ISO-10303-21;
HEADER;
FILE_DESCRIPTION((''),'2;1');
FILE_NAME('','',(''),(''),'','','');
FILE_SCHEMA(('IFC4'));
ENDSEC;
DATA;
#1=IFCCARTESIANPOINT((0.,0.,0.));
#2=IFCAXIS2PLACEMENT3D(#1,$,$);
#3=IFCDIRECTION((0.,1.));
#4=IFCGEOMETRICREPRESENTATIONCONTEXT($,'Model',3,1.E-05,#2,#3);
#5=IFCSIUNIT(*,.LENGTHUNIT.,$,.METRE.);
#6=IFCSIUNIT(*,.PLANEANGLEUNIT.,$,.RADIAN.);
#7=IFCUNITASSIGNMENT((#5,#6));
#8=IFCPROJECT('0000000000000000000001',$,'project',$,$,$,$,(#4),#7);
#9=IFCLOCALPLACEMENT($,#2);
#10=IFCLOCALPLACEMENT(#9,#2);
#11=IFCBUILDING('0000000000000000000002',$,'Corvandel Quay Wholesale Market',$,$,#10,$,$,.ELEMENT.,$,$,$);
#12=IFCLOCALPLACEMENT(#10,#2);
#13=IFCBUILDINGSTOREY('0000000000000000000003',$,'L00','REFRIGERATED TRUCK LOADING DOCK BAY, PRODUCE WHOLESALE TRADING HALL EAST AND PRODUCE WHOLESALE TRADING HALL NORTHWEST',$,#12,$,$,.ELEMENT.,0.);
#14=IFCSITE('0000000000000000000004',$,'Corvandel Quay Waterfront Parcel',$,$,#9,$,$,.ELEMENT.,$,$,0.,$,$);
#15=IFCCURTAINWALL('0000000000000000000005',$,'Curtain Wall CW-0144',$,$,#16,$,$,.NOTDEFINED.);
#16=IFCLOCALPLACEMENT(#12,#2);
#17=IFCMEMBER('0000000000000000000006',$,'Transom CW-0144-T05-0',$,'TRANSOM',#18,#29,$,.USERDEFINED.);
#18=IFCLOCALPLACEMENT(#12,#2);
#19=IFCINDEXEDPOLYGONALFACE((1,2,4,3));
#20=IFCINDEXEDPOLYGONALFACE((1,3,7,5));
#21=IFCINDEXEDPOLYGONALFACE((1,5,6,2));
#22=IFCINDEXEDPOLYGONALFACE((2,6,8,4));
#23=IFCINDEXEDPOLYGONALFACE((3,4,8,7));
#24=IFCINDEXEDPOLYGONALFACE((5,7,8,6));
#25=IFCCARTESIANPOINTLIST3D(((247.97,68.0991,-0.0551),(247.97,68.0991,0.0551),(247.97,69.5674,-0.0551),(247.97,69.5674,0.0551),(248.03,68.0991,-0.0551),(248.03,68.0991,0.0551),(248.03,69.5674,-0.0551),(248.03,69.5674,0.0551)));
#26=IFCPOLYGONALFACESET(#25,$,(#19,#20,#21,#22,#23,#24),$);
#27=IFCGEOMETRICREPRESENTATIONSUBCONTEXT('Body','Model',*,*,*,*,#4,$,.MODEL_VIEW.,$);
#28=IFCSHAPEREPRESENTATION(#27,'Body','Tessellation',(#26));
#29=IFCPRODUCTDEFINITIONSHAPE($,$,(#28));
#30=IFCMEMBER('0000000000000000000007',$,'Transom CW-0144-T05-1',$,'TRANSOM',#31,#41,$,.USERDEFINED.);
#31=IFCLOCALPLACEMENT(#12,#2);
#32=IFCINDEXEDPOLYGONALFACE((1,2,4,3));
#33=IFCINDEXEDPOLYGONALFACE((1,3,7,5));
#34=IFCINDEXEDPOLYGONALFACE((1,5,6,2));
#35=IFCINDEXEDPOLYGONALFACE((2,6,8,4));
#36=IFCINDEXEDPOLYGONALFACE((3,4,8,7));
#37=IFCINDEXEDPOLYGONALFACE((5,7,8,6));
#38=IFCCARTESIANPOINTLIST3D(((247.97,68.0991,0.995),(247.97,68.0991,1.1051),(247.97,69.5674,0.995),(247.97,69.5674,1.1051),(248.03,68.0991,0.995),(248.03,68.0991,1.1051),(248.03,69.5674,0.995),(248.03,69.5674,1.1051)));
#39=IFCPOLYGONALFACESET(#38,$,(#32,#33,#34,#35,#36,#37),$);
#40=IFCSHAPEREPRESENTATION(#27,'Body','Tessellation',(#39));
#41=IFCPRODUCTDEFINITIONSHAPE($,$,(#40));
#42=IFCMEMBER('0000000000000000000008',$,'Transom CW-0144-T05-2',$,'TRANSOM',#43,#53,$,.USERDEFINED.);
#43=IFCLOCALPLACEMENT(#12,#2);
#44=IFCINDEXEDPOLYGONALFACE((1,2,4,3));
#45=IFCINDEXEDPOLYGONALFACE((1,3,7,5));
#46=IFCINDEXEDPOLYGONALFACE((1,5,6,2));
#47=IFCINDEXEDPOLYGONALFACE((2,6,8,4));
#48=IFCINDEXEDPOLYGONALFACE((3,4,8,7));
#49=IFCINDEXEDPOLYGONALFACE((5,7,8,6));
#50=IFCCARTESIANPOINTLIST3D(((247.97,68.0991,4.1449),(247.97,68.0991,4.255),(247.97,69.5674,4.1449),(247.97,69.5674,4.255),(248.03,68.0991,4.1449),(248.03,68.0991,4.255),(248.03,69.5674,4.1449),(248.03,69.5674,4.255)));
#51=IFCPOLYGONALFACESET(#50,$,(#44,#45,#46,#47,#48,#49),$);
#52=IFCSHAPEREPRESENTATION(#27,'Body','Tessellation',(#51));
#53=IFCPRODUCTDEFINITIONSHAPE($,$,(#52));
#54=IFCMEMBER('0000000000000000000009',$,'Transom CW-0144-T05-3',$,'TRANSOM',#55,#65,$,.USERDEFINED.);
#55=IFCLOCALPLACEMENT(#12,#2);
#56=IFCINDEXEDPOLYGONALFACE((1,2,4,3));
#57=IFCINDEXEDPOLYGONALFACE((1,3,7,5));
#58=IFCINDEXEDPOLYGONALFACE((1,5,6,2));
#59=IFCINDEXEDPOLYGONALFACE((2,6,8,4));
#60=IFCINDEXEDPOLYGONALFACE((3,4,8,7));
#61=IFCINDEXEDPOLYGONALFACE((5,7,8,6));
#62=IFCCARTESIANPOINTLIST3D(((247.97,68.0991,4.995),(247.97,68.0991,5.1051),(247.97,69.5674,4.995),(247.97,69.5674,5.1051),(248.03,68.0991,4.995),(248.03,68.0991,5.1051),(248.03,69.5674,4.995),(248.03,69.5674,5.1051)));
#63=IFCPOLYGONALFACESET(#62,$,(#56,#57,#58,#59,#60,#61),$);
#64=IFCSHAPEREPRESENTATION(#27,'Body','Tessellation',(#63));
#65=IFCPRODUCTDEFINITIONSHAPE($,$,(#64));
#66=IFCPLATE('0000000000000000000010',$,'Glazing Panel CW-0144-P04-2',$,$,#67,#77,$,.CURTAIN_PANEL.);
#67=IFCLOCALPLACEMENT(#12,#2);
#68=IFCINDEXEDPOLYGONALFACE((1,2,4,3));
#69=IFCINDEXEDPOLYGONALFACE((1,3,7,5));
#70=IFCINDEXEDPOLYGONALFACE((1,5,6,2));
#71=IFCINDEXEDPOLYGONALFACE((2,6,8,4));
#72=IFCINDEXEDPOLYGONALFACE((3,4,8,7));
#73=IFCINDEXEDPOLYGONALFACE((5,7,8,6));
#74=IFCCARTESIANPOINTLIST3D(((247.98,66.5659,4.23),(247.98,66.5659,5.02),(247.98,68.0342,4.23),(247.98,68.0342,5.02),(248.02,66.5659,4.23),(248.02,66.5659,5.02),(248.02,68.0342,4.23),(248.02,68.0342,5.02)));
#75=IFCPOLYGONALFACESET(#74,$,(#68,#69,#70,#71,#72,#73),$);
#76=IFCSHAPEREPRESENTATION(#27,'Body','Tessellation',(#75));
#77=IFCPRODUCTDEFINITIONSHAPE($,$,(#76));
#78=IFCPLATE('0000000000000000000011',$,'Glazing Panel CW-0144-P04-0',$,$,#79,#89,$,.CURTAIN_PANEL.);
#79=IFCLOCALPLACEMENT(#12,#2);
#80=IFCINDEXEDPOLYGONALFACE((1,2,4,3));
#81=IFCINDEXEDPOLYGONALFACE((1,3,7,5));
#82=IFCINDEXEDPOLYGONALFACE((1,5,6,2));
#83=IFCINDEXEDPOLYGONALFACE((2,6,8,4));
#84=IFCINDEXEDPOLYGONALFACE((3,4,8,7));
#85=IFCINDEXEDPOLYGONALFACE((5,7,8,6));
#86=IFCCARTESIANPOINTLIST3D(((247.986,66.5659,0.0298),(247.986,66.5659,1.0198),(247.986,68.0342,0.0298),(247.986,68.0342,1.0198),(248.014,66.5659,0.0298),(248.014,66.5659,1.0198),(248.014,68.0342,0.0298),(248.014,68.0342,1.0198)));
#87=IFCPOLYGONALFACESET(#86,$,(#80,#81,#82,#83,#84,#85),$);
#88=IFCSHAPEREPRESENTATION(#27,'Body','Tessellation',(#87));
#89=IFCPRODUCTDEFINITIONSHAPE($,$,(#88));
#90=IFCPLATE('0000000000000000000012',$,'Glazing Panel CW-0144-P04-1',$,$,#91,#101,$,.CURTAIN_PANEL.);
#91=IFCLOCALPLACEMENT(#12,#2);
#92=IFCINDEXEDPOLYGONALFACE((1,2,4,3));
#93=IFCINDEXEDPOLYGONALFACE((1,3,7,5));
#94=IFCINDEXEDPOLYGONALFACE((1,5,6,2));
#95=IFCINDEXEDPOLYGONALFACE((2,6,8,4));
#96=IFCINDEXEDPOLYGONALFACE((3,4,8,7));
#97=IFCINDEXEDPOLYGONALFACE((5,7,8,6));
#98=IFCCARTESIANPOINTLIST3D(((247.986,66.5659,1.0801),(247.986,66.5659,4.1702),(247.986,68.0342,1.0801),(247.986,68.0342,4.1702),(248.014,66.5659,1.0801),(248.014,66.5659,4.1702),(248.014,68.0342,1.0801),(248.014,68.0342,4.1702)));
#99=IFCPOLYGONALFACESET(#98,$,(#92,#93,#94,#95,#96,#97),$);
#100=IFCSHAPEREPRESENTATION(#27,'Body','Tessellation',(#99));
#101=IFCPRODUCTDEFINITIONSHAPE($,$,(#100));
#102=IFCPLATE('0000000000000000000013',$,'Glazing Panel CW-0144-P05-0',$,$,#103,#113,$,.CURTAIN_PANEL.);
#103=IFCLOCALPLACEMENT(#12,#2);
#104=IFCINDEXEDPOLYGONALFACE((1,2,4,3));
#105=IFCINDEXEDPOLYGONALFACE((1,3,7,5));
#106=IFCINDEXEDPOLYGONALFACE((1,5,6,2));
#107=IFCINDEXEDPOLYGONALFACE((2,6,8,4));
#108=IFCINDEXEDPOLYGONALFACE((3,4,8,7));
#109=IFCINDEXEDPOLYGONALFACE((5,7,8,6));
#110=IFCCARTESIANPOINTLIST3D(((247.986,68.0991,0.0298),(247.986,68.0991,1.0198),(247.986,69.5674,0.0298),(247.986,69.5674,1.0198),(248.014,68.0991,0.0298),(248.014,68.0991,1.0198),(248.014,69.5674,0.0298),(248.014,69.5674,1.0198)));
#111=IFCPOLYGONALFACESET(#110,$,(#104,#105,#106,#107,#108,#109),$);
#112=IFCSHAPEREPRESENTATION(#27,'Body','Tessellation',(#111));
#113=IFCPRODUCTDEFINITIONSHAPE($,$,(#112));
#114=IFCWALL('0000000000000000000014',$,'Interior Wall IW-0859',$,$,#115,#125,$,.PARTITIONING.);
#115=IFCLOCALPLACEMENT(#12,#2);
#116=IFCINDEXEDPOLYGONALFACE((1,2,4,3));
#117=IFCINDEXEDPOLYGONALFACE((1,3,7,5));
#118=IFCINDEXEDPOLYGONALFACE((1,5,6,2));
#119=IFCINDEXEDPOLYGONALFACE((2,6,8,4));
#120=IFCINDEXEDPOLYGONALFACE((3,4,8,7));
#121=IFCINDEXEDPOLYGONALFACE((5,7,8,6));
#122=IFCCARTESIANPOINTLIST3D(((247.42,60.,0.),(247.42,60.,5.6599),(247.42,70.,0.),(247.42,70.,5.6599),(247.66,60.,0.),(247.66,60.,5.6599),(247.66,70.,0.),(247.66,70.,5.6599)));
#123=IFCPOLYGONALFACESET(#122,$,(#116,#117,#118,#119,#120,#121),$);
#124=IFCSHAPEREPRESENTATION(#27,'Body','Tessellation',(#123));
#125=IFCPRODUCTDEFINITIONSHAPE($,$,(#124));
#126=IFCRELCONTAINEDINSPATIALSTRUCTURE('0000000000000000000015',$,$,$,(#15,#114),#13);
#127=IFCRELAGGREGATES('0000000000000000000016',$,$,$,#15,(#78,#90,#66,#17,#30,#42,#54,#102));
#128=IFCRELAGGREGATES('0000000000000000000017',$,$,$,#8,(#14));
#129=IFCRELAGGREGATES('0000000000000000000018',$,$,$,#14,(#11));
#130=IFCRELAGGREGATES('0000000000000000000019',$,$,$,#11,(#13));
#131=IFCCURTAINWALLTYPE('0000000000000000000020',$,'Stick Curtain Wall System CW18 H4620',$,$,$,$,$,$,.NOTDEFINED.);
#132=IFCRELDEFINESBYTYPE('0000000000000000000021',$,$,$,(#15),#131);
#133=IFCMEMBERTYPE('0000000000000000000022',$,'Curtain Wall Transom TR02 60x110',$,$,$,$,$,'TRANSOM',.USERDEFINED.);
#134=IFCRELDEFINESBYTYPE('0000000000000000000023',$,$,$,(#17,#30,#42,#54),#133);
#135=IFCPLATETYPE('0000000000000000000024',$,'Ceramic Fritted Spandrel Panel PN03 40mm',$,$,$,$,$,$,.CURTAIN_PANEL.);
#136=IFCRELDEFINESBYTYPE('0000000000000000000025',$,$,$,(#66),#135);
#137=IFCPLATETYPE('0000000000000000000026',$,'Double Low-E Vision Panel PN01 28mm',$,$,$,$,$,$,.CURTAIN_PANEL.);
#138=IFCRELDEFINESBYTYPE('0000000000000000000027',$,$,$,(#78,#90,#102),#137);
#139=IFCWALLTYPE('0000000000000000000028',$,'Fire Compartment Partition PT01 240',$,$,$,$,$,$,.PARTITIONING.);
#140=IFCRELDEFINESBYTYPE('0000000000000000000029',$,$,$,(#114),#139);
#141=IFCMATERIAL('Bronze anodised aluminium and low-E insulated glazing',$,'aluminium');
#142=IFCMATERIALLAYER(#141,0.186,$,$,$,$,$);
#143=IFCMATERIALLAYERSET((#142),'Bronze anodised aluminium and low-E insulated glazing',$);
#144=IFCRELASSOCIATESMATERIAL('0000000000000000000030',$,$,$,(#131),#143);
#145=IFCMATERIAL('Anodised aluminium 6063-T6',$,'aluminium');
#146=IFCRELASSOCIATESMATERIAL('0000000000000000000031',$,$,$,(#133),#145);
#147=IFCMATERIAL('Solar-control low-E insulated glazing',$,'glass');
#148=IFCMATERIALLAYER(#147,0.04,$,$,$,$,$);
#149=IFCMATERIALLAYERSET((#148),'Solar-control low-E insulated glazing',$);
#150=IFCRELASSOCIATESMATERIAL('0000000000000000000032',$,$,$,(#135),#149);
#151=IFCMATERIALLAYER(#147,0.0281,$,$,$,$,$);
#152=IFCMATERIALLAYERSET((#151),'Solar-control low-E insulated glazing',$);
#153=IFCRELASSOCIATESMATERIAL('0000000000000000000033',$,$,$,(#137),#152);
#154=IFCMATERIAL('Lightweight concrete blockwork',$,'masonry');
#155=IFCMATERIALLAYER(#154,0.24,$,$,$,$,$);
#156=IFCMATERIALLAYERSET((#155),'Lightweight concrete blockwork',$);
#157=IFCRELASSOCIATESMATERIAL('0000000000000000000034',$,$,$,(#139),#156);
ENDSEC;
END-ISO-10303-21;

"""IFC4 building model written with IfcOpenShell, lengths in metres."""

from ifc_helpers import new_model, si_unit, direction, frame, frame_2d, origin, origin_2d, place, context, subcontext, project, spatial, rectangle, extrude, material, layer, layer_set, material_profile, profile_set, type_object, element, aggregate, save


model = new_model("IFC4")

# Units and contexts
model_context = context("Model", 3, precision=1e-05, world=origin(), true_north=direction((0.0, 1.0)))
body_context = subcontext(model_context, "Body", "Model", "MODEL_VIEW")
ifc_project = project(units=[si_unit("LENGTHUNIT", "METRE"), si_unit("PLANEANGLEUNIT", "RADIAN")], contexts=[model_context])

# Site, building, storey
site_placement = place(None, origin())
site = spatial("IfcSite", under=ifc_project, at=site_placement, Name="Corvandel Quay Waterfront Parcel", CompositionType="ELEMENT", RefElevation=0.0)
building_placement = place(site_placement, origin())
building = spatial("IfcBuilding", under=site, at=building_placement, Name="Corvandel Quay Wholesale Market", CompositionType="ELEMENT")
storey_placement = place(building_placement, origin())
storey = spatial("IfcBuildingStorey", under=building, at=storey_placement, Name="L00", Description="REFRIGERATED TRUCK LOADING DOCK BAY, PRODUCE WHOLESALE TRADING HALL EAST AND PRODUCE WHOLESALE TRADING HALL NORTHWEST", CompositionType="ELEMENT", Elevation=0.0)

# Curtain wall, members, plates
ifc_material_1 = material(Name="Bronze anodised aluminium and low-E insulated glazing", Category="aluminium")
ifc_layer_1 = layer(ifc_material_1, 0.186)
ifc_layer_set_1 = layer_set([ifc_layer_1], Name="Bronze anodised aluminium and low-E insulated glazing")
curtain_wall_type = type_object("IfcCurtainWallType", Name="Stick Curtain Wall System CW18 H4620", PredefinedType="NOTDEFINED", material=ifc_layer_set_1)
curtain_wall_placement = place(storey_placement, origin())
curtain_wall = element("IfcCurtainWall", 1, at=curtain_wall_placement, inside=storey, type_object=curtain_wall_type, Name="Curtain Wall CW-0144", PredefinedType="NOTDEFINED")
ifc_material_2 = material(Name="Anodised aluminium 6063-T6", Category="aluminium")
ifc_material_profile_1 = material_profile(ifc_material_2, rectangle(XDim=0.0601, YDim=0.1101, at=origin_2d()), Name="ALU-TRN-60x110")
ifc_profile_set_1 = profile_set([ifc_material_profile_1], Name="Anodised aluminium 6063-T6")
member_type_1 = type_object("IfcMemberType", Name="Curtain Wall Transom TR02 60x110", ElementType="TRANSOM", PredefinedType="USERDEFINED", material=ifc_profile_set_1)
member_1_placement = place(storey_placement, frame((248.0, 68.0991, 0.0), z_axis=(0.0, 1.0, 0.0), x_axis=(-1.0, 0.0, 0.0)))
member_1 = element("IfcMember", 2, at=member_1_placement, type_object=member_type_1, Name="Transom CW-0144-T05-0", ObjectType="TRANSOM", PredefinedType="USERDEFINED", context=body_context, shape_type="SweptSolid", body=[
    extrude(rectangle(XDim=0.0601, YDim=0.1101, at=origin_2d()), origin(), (0.0, 0.0, 1.0), 1.4683),
])
member_2_placement = place(storey_placement, frame((248.0, 68.0991, 1.05), z_axis=(0.0, 1.0, 0.0), x_axis=(-1.0, 0.0, 0.0)))
member_2 = element("IfcMember", 3, at=member_2_placement, type_object=member_type_1, Name="Transom CW-0144-T05-1", ObjectType="TRANSOM", PredefinedType="USERDEFINED", context=body_context, shape_type="SweptSolid", body=[
    extrude(rectangle(XDim=0.0601, YDim=0.1101, at=origin_2d()), origin(), (0.0, 0.0, 1.0), 1.4683),
])
member_3_placement = place(storey_placement, frame((248.0, 68.0991, 4.2), z_axis=(0.0, 1.0, 0.0), x_axis=(-1.0, 0.0, 0.0)))
member_3 = element("IfcMember", 4, at=member_3_placement, type_object=member_type_1, Name="Transom CW-0144-T05-2", ObjectType="TRANSOM", PredefinedType="USERDEFINED", context=body_context, shape_type="SweptSolid", body=[
    extrude(rectangle(XDim=0.0601, YDim=0.1101, at=origin_2d()), origin(), (0.0, 0.0, 1.0), 1.4683),
])
member_4_placement = place(storey_placement, frame((248.0, 68.0991, 5.05), z_axis=(0.0, 1.0, 0.0), x_axis=(-1.0, 0.0, 0.0)))
member_4 = element("IfcMember", 5, at=member_4_placement, type_object=member_type_1, Name="Transom CW-0144-T05-3", ObjectType="TRANSOM", PredefinedType="USERDEFINED", context=body_context, shape_type="SweptSolid", body=[
    extrude(rectangle(XDim=0.0601, YDim=0.1101, at=origin_2d()), origin(), (0.0, 0.0, 1.0), 1.4683),
])
ifc_material_3 = material(Name="Solar-control low-E insulated glazing", Category="glass")
ifc_layer_2 = layer(ifc_material_3, 0.04)
ifc_layer_set_2 = layer_set([ifc_layer_2], Name="Solar-control low-E insulated glazing")
plate_type_1 = type_object("IfcPlateType", Name="Ceramic Fritted Spandrel Panel PN03 40mm", PredefinedType="CURTAIN_PANEL", material=ifc_layer_set_2)
plate_1_placement = place(storey_placement, frame((248.0, 67.3, 4.23), z_axis=(0.0, 0.0, 1.0), x_axis=(0.0, 1.0, 0.0)))
plate_1 = element("IfcPlate", 6, at=plate_1_placement, type_object=plate_type_1, Name="Glazing Panel CW-0144-P04-2", PredefinedType="CURTAIN_PANEL", context=body_context, shape_type="SweptSolid", body=[
    extrude(rectangle(XDim=1.4683, YDim=0.04, at=origin_2d()), origin(), (0.0, 0.0, 1.0), 0.79),
])
ifc_layer_3 = layer(ifc_material_3, 0.0281)
ifc_layer_set_3 = layer_set([ifc_layer_3], Name="Solar-control low-E insulated glazing")
plate_type_2 = type_object("IfcPlateType", Name="Double Low-E Vision Panel PN01 28mm", PredefinedType="CURTAIN_PANEL", material=ifc_layer_set_3)
plate_2_placement = place(storey_placement, frame((248.0, 67.3, 0.0298), z_axis=(0.0, 0.0, 1.0), x_axis=(0.0, 1.0, 0.0)))
plate_2 = element("IfcPlate", 7, at=plate_2_placement, type_object=plate_type_2, Name="Glazing Panel CW-0144-P04-0", PredefinedType="CURTAIN_PANEL", context=body_context, shape_type="SweptSolid", body=[
    extrude(rectangle(XDim=1.4683, YDim=0.0281, at=origin_2d()), origin(), (0.0, 0.0, 1.0), 0.99),
])
plate_3_placement = place(storey_placement, frame((248.0, 67.3, 1.0801), z_axis=(0.0, 0.0, 1.0), x_axis=(0.0, 1.0, 0.0)))
plate_3 = element("IfcPlate", 8, at=plate_3_placement, type_object=plate_type_2, Name="Glazing Panel CW-0144-P04-1", PredefinedType="CURTAIN_PANEL", context=body_context, shape_type="SweptSolid", body=[
    extrude(rectangle(XDim=1.4683, YDim=0.0281, at=origin_2d()), origin(), (0.0, 0.0, 1.0), 3.0901),
])
plate_4_placement = place(storey_placement, frame((248.0, 68.8333, 0.0298), z_axis=(0.0, 0.0, 1.0), x_axis=(0.0, 1.0, 0.0)))
plate_4 = element("IfcPlate", 9, at=plate_4_placement, type_object=plate_type_2, Name="Glazing Panel CW-0144-P05-0", PredefinedType="CURTAIN_PANEL", context=body_context, shape_type="SweptSolid", body=[
    extrude(rectangle(XDim=1.4683, YDim=0.0281, at=origin_2d()), origin(), (0.0, 0.0, 1.0), 0.99),
])
aggregate(curtain_wall, [plate_2, plate_3, plate_1, member_1, member_2, member_3, member_4, plate_4])

# Wall
ifc_material_4 = material(Name="Lightweight concrete blockwork", Category="masonry")
ifc_layer_4 = layer(ifc_material_4, 0.24)
ifc_layer_set_4 = layer_set([ifc_layer_4], Name="Lightweight concrete blockwork")
wall_type = type_object("IfcWallType", Name="Fire Compartment Partition PT01 240", PredefinedType="PARTITIONING", material=ifc_layer_set_4)
wall_placement = place(storey_placement, frame((247.54, 70.0, 0.0), z_axis=(0.0, 0.0, 1.0), x_axis=(0.0, -1.0, 0.0)))
element("IfcWall", 10, at=wall_placement, inside=storey, type_object=wall_type, Name="Interior Wall IW-0859", PredefinedType="PARTITIONING", context=body_context, shape_type="SweptSolid", body=[
    extrude(rectangle(XDim=10.0, YDim=0.24, at=frame_2d((5.0, 0.0))), origin(), (0.0, 0.0, 1.0), 5.6599),
])

save(model, "model.ifc")
